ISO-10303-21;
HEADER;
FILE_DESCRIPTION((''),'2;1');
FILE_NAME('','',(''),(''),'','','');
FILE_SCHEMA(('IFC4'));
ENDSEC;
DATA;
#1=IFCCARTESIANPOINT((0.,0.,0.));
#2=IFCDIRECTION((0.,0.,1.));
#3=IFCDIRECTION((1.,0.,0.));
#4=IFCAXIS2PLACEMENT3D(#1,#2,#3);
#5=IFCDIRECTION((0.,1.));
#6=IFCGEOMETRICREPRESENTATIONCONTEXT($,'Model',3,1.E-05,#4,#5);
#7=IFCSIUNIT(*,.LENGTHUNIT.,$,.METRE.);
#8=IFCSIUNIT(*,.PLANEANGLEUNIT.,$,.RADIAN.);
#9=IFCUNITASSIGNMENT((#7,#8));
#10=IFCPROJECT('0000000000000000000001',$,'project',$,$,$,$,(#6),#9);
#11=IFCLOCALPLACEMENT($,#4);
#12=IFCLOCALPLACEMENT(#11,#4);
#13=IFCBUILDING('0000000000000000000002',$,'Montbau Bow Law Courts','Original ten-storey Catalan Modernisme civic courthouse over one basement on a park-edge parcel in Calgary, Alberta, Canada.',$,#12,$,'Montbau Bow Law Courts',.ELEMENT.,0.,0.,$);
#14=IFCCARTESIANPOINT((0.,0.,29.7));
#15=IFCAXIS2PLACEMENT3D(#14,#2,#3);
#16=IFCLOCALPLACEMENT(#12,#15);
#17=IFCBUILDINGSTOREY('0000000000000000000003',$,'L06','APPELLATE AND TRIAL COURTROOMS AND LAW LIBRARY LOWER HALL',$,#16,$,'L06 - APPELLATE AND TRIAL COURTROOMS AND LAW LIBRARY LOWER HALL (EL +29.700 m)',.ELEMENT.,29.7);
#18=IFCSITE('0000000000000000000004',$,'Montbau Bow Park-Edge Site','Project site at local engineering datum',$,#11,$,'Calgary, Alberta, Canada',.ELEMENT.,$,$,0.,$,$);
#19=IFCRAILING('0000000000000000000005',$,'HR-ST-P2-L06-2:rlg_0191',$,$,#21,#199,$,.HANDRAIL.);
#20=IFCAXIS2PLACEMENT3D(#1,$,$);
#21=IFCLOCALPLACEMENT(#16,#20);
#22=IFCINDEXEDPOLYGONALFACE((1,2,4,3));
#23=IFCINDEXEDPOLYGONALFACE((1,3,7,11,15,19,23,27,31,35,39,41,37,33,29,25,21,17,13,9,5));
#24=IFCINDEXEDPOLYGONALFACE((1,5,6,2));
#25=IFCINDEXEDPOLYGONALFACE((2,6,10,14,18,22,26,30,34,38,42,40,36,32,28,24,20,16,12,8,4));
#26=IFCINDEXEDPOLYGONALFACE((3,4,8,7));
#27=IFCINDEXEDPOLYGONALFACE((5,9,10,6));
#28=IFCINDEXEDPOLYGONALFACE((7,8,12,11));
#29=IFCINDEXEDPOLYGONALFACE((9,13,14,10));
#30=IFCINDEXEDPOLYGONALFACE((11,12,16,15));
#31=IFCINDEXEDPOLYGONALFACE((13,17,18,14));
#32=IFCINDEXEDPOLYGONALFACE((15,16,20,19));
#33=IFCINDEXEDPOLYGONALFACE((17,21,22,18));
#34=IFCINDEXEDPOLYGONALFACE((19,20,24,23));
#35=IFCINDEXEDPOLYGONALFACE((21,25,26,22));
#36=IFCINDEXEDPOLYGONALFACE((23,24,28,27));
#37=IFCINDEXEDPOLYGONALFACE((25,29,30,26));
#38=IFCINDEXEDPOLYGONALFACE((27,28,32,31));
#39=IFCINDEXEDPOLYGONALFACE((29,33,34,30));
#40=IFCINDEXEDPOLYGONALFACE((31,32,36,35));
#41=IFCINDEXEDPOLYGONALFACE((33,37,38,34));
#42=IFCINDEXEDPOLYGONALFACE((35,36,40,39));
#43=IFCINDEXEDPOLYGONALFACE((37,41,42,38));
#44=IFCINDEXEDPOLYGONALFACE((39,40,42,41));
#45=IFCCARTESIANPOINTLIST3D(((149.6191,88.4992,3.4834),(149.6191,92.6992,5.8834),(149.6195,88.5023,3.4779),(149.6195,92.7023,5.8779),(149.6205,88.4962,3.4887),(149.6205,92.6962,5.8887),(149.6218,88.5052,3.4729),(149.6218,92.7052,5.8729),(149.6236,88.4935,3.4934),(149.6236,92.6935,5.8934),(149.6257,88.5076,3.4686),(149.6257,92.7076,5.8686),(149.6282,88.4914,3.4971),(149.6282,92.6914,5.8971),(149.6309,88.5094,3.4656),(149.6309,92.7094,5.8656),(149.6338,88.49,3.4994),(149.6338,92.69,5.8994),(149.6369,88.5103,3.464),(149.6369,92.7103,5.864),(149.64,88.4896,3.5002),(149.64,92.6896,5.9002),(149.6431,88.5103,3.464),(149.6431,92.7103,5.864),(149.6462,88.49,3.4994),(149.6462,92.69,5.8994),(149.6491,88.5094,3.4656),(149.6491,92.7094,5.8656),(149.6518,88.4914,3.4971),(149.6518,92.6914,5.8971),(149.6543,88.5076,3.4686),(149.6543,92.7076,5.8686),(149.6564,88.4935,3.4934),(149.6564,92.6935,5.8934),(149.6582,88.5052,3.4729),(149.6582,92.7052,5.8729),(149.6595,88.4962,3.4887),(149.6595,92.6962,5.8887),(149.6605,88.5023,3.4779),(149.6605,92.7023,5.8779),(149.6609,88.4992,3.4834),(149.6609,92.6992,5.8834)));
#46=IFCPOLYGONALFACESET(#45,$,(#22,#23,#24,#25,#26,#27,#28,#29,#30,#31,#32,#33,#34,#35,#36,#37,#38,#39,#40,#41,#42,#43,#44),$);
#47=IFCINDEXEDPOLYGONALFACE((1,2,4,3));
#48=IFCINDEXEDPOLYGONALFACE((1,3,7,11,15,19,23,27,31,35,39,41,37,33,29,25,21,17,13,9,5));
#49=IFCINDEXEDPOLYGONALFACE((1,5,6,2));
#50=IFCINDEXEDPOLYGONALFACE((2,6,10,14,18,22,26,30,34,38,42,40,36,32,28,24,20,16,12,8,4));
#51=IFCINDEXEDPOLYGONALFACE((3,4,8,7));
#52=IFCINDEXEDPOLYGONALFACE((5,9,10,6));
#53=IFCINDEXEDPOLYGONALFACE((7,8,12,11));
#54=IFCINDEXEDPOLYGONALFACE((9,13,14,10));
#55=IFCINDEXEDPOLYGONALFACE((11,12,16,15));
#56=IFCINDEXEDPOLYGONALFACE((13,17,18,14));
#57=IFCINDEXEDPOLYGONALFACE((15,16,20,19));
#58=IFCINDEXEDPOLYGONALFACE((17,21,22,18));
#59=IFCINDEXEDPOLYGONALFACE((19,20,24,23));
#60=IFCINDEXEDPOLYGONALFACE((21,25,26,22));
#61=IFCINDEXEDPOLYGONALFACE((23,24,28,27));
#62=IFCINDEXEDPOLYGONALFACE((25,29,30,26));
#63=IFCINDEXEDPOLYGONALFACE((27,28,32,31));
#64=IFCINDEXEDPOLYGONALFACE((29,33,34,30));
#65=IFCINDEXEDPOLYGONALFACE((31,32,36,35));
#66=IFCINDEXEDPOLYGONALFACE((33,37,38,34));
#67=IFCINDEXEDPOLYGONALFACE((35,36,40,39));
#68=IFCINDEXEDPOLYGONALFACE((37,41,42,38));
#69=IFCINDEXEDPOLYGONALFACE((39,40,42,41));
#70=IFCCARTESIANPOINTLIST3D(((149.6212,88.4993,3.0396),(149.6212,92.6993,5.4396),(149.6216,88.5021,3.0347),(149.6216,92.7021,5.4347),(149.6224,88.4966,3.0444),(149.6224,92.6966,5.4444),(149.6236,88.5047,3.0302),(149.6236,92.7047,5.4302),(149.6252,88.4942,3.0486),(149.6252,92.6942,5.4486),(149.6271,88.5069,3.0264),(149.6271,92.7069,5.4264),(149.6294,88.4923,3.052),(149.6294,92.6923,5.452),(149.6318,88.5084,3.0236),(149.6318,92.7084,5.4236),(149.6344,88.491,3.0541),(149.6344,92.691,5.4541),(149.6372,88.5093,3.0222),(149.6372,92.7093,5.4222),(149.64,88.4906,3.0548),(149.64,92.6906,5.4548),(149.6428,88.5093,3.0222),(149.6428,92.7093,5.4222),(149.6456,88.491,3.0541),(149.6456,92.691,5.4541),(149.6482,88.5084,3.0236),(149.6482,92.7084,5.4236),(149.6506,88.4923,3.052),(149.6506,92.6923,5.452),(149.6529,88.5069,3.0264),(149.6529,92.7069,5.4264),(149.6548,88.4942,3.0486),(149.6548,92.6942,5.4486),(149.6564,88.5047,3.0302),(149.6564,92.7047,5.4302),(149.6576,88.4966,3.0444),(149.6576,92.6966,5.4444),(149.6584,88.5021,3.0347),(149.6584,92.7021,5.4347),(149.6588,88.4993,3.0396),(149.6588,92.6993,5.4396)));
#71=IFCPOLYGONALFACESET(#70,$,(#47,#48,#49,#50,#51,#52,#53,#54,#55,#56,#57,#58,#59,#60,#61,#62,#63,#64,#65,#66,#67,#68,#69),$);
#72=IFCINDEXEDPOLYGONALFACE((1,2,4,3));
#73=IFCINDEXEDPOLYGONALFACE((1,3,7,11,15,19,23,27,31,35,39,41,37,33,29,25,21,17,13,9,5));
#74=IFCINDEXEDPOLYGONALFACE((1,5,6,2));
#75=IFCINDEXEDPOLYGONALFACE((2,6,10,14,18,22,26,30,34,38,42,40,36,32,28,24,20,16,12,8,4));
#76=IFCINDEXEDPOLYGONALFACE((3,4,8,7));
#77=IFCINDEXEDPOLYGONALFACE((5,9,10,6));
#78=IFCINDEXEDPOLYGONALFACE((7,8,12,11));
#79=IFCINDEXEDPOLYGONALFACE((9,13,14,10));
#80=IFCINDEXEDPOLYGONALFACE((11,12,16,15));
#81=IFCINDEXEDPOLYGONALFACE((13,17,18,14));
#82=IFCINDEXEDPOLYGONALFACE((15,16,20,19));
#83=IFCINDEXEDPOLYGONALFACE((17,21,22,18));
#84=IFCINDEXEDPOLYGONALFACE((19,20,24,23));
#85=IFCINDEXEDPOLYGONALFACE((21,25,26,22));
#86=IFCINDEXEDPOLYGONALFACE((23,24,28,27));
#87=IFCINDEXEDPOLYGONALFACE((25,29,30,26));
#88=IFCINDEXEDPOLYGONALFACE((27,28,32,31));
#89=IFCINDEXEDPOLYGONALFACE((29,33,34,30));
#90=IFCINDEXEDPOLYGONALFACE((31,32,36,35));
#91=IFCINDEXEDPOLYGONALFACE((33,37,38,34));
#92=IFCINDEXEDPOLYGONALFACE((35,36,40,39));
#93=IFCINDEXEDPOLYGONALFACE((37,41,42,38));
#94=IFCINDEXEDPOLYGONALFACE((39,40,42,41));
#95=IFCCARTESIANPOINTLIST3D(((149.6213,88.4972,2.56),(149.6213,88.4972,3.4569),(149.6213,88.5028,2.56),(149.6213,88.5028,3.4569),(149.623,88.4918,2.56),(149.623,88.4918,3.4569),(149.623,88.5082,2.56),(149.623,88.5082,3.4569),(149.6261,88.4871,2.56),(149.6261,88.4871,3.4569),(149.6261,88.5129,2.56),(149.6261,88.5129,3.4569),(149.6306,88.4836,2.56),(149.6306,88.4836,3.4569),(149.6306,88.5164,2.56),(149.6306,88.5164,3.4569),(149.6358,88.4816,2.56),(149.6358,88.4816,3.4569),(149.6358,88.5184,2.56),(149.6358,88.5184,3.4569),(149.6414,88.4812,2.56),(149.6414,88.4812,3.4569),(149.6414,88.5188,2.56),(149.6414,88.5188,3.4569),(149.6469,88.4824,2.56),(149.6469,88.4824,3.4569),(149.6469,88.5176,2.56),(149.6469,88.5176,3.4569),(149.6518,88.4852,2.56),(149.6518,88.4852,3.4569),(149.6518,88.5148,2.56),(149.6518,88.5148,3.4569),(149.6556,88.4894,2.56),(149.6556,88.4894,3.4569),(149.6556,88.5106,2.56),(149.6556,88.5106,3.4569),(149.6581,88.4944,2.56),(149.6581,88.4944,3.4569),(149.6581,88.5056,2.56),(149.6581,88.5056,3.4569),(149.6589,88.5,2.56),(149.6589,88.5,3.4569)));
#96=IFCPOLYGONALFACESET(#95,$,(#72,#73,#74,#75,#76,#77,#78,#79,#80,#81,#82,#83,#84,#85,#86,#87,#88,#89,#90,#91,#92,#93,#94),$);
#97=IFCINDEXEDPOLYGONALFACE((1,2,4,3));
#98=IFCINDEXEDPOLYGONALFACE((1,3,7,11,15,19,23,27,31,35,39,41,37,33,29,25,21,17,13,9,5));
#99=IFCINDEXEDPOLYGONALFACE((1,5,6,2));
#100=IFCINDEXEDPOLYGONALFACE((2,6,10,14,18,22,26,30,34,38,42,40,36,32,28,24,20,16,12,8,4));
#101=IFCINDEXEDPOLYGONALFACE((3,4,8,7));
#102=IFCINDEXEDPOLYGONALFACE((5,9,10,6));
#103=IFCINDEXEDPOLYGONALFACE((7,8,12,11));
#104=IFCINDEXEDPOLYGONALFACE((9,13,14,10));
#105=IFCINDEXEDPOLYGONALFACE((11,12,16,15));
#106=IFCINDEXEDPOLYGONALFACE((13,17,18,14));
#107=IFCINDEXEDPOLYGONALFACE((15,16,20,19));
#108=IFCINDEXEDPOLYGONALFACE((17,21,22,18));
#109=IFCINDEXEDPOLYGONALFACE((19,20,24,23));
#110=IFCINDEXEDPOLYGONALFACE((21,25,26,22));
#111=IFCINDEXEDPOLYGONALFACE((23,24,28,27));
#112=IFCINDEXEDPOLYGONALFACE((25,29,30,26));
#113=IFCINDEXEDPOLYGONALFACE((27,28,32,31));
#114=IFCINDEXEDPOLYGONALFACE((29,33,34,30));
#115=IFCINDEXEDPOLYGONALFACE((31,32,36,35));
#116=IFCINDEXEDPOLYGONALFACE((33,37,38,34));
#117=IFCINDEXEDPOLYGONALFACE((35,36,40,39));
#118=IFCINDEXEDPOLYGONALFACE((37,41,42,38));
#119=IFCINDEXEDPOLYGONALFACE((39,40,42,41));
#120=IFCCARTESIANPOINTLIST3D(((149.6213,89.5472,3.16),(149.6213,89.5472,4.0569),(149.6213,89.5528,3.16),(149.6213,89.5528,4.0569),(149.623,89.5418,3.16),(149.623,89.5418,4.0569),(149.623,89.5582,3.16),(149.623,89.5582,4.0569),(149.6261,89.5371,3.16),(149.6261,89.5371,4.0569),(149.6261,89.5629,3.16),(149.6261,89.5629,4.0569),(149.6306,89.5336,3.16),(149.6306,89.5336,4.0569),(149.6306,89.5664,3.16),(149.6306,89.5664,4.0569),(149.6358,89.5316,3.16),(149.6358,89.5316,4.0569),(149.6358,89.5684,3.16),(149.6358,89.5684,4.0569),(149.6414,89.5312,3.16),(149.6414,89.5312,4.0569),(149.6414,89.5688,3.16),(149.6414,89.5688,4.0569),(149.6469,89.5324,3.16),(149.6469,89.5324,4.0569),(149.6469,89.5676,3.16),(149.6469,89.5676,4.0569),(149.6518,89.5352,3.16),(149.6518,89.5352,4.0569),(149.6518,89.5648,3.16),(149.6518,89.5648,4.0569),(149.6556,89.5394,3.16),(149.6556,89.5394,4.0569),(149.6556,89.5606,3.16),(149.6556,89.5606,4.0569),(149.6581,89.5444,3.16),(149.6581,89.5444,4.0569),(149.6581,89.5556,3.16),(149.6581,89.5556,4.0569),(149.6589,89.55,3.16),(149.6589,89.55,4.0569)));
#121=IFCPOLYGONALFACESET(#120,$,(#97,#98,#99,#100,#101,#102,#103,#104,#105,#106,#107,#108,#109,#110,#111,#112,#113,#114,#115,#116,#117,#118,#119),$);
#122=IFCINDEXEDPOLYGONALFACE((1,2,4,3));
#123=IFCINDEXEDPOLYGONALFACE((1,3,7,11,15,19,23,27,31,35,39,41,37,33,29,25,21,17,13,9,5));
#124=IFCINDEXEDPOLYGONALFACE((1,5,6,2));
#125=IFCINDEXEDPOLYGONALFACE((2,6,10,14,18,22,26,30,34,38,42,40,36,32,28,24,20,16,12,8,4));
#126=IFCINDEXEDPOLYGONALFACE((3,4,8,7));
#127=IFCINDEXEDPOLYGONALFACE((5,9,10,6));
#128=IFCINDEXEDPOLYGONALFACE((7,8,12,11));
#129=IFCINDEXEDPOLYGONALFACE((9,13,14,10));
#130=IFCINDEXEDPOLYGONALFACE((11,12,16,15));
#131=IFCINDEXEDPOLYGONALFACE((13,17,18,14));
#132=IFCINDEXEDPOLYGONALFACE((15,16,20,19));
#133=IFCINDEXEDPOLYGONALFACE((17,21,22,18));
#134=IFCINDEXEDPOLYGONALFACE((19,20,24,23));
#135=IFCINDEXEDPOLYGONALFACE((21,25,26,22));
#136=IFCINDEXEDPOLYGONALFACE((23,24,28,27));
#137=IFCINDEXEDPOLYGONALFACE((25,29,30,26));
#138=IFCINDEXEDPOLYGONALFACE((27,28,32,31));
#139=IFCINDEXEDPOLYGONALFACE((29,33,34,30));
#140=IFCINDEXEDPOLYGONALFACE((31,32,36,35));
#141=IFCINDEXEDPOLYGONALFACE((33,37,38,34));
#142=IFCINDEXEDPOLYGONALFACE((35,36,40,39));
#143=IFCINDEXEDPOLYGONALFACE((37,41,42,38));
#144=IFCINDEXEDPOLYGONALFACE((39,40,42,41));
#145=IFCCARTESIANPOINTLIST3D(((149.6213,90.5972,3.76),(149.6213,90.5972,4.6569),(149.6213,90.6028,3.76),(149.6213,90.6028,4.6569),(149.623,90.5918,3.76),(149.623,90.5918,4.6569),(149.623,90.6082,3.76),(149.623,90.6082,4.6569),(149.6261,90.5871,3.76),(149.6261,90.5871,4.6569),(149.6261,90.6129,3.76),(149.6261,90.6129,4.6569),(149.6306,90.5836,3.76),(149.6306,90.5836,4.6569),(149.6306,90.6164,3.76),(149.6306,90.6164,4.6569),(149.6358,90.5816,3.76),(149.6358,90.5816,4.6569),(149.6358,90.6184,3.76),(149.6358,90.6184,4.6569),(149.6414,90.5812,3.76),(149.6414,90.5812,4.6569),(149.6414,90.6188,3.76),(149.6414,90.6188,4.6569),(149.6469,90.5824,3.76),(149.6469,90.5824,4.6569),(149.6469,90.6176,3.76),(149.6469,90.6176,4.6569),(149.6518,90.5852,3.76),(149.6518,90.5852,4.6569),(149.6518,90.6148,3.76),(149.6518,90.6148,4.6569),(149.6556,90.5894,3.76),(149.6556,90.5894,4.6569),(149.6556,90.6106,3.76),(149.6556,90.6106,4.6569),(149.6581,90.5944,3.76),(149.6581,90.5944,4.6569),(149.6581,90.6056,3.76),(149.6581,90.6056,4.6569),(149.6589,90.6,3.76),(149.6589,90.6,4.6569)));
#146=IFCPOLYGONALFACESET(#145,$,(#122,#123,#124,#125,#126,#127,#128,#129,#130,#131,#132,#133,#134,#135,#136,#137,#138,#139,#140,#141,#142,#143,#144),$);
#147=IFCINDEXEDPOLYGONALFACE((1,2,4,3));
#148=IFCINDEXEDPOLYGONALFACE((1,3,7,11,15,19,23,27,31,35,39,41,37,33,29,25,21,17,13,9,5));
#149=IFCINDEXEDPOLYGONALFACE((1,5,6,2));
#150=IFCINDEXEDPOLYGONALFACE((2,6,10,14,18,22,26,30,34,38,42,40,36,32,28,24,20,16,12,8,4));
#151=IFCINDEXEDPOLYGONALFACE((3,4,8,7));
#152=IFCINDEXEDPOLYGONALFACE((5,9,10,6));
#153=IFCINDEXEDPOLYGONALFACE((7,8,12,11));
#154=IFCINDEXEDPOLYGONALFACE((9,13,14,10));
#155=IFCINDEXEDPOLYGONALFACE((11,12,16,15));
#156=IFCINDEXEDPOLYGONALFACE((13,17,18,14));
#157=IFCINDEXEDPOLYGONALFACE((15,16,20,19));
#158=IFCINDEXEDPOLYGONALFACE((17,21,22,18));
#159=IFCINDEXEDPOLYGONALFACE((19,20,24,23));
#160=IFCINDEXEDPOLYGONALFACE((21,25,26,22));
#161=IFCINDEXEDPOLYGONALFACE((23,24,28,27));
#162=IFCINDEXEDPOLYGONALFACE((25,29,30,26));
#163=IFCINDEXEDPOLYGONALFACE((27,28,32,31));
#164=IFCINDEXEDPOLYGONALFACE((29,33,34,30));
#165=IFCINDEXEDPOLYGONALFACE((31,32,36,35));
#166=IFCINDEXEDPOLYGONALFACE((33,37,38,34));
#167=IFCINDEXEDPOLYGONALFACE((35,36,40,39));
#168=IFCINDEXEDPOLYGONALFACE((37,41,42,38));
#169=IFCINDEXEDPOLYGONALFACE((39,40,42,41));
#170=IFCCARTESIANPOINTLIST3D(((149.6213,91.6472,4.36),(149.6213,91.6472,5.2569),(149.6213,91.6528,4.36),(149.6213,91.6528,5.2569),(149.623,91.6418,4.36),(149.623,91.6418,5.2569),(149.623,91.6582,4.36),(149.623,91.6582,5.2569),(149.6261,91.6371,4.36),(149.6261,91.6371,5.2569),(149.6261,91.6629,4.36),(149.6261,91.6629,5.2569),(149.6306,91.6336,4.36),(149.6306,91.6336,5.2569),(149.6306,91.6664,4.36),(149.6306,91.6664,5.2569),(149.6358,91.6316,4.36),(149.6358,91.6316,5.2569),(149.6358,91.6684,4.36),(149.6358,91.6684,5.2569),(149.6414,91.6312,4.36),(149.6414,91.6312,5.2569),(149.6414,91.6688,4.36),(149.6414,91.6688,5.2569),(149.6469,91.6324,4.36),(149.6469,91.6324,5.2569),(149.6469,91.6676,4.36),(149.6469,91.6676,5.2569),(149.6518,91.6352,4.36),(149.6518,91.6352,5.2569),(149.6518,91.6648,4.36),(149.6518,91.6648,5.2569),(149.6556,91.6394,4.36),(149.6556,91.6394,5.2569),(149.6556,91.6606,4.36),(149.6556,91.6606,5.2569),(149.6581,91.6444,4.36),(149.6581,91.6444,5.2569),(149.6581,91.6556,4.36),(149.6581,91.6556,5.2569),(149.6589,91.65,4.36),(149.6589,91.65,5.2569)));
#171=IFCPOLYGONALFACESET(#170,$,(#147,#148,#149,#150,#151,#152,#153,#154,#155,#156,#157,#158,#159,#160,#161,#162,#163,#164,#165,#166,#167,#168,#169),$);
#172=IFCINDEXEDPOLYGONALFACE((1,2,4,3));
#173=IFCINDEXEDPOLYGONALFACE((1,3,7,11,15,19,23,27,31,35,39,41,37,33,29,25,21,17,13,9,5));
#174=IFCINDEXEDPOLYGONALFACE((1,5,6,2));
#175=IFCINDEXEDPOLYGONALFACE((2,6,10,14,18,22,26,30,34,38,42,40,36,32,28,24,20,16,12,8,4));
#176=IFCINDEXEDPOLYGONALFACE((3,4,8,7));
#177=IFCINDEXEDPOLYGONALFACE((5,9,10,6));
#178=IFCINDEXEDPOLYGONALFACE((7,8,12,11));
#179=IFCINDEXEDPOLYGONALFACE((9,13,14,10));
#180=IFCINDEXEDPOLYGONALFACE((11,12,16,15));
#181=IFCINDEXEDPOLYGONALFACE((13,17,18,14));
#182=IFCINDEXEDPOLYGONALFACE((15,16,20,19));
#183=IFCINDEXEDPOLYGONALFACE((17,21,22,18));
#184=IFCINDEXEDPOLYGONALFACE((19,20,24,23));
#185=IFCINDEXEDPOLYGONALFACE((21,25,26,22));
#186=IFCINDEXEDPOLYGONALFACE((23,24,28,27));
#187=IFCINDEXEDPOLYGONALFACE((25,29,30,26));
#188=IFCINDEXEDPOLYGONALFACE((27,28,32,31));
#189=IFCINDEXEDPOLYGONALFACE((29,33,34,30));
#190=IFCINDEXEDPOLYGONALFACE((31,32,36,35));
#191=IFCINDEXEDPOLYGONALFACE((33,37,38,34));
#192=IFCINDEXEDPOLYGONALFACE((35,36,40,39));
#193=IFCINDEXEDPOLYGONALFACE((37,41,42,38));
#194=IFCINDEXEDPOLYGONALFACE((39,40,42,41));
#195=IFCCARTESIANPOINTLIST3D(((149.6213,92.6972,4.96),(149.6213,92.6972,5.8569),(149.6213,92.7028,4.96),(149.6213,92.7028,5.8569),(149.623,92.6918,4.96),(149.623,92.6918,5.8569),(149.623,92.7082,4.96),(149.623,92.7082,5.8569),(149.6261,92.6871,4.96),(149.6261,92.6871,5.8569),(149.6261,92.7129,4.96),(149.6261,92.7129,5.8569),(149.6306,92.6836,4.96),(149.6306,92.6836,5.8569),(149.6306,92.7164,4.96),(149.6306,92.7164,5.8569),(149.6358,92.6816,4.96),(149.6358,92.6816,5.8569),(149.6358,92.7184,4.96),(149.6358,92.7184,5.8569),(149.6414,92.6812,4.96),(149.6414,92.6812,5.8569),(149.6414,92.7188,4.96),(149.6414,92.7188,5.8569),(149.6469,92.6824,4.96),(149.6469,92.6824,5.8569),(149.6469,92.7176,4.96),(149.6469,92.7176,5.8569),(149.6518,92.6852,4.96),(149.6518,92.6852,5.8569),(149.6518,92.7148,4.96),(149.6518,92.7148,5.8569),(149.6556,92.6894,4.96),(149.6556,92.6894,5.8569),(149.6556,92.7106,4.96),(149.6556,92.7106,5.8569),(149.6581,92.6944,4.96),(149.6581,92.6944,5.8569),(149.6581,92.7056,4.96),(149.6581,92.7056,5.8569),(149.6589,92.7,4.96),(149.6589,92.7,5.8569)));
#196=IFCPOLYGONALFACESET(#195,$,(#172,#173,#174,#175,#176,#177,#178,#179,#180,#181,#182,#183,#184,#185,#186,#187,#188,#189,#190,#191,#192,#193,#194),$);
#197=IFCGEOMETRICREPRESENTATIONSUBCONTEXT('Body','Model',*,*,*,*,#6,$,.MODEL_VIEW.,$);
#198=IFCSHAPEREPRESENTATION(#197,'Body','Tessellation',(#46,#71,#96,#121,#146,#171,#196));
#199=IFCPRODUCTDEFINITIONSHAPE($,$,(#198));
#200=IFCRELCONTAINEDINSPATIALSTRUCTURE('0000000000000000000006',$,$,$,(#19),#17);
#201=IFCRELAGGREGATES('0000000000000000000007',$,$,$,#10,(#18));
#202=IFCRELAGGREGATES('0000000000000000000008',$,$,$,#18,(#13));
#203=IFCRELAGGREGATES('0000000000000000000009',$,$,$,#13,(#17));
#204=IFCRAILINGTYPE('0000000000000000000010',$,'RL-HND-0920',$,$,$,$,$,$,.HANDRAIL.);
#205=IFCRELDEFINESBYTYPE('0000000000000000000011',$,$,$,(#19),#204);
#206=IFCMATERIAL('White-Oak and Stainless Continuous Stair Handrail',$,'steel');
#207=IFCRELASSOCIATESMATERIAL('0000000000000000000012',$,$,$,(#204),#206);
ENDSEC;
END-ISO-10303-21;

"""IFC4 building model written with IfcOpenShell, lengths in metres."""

from ifc_helpers import new_model, si_unit, direction, frame, origin_with_axes, origin_2d_with_axis, place, context, subcontext, project, spatial, circle, extrude, material, type_object, element, save


model = new_model("IFC4")

# Units and contexts
model_context = context("Model", 3, precision=1e-05, world=origin_with_axes(), true_north=direction((0.0, 1.0)))
body_context = subcontext(model_context, "Body", "Model", "MODEL_VIEW")
ifc_project = project(units=[si_unit("LENGTHUNIT", "METRE"), si_unit("PLANEANGLEUNIT", "RADIAN")], contexts=[model_context])

# Site, building, storey
site_placement = place(None, origin_with_axes())
site = spatial("IfcSite", under=ifc_project, at=site_placement, Name="Montbau Bow Park-Edge Site", Description="Project site at local engineering datum", LongName="Calgary, Alberta, Canada", CompositionType="ELEMENT", RefElevation=0.0)
building_placement = place(site_placement, origin_with_axes())
building = spatial("IfcBuilding", under=site, at=building_placement, Name="Montbau Bow Law Courts", Description="Original ten-storey Catalan Modernisme civic courthouse over one basement on a park-edge parcel in Calgary, Alberta, Canada.", LongName="Montbau Bow Law Courts", CompositionType="ELEMENT", ElevationOfRefHeight=0.0, ElevationOfTerrain=0.0)
storey_placement = place(building_placement, frame((0.0, 0.0, 29.7), z_axis=(0.0, 0.0, 1.0), x_axis=(1.0, 0.0, 0.0)))
storey = spatial("IfcBuildingStorey", under=building, at=storey_placement, Name="L06", Description="APPELLATE AND TRIAL COURTROOMS AND LAW LIBRARY LOWER HALL", LongName="L06 - APPELLATE AND TRIAL COURTROOMS AND LAW LIBRARY LOWER HALL (EL +29.700 m)", CompositionType="ELEMENT", Elevation=29.7)

# Railing
ifc_material_1 = material(Name="White-Oak and Stainless Continuous Stair Handrail", Category="steel")
railing_type_1 = type_object("IfcRailingType", Name="RL-HND-0920", PredefinedType="HANDRAIL", material=ifc_material_1)
railing_1_placement = place(None, origin_with_axes())
element("IfcRailing", 1, at=railing_1_placement, inside=storey, type_object=railing_type_1, Name="HR-ST-P2-L06-2:rlg_0191", PredefinedType="HANDRAIL", context=body_context, shape_type="SweptSolid", body=[
    extrude(circle(Radius=0.021, at=origin_2d_with_axis()), frame((149.64, 88.5, 33.182), z_axis=(0.0, 0.868243, 0.496139), x_axis=(0.0, -0.496139, 0.868243)), (0.0, 0.0, 1.0), 4.8374),
    extrude(circle(Radius=0.0189, at=origin_2d_with_axis()), frame((149.64, 88.5, 32.7384), z_axis=(0.0, 0.868243, 0.496139), x_axis=(0.0, -0.496139, 0.868243)), (0.0, 0.0, 1.0), 4.8374),
    extrude(circle(Radius=0.0189, at=origin_2d_with_axis()), frame((149.64, 88.5, 32.26), z_axis=(0.0, 0.0, 1.0), x_axis=(1.0, 0.0, 0.0)), (0.0, 0.0, 1.0), 0.8969),
    extrude(circle(Radius=0.0189, at=origin_2d_with_axis()), frame((149.64, 89.55, 32.86), z_axis=(0.0, 0.0, 1.0), x_axis=(1.0, 0.0, 0.0)), (0.0, 0.0, 1.0), 0.8969),
    extrude(circle(Radius=0.0189, at=origin_2d_with_axis()), frame((149.64, 90.6, 33.46), z_axis=(0.0, 0.0, 1.0), x_axis=(1.0, 0.0, 0.0)), (0.0, 0.0, 1.0), 0.8969),
    extrude(circle(Radius=0.0189, at=origin_2d_with_axis()), frame((149.64, 91.65, 34.06), z_axis=(0.0, 0.0, 1.0), x_axis=(1.0, 0.0, 0.0)), (0.0, 0.0, 1.0), 0.8969),
    extrude(circle(Radius=0.0189, at=origin_2d_with_axis()), frame((149.64, 92.7, 34.66), z_axis=(0.0, 0.0, 1.0), x_axis=(1.0, 0.0, 0.0)), (0.0, 0.0, 1.0), 0.8969),
])

save(model, "model.ifc")
